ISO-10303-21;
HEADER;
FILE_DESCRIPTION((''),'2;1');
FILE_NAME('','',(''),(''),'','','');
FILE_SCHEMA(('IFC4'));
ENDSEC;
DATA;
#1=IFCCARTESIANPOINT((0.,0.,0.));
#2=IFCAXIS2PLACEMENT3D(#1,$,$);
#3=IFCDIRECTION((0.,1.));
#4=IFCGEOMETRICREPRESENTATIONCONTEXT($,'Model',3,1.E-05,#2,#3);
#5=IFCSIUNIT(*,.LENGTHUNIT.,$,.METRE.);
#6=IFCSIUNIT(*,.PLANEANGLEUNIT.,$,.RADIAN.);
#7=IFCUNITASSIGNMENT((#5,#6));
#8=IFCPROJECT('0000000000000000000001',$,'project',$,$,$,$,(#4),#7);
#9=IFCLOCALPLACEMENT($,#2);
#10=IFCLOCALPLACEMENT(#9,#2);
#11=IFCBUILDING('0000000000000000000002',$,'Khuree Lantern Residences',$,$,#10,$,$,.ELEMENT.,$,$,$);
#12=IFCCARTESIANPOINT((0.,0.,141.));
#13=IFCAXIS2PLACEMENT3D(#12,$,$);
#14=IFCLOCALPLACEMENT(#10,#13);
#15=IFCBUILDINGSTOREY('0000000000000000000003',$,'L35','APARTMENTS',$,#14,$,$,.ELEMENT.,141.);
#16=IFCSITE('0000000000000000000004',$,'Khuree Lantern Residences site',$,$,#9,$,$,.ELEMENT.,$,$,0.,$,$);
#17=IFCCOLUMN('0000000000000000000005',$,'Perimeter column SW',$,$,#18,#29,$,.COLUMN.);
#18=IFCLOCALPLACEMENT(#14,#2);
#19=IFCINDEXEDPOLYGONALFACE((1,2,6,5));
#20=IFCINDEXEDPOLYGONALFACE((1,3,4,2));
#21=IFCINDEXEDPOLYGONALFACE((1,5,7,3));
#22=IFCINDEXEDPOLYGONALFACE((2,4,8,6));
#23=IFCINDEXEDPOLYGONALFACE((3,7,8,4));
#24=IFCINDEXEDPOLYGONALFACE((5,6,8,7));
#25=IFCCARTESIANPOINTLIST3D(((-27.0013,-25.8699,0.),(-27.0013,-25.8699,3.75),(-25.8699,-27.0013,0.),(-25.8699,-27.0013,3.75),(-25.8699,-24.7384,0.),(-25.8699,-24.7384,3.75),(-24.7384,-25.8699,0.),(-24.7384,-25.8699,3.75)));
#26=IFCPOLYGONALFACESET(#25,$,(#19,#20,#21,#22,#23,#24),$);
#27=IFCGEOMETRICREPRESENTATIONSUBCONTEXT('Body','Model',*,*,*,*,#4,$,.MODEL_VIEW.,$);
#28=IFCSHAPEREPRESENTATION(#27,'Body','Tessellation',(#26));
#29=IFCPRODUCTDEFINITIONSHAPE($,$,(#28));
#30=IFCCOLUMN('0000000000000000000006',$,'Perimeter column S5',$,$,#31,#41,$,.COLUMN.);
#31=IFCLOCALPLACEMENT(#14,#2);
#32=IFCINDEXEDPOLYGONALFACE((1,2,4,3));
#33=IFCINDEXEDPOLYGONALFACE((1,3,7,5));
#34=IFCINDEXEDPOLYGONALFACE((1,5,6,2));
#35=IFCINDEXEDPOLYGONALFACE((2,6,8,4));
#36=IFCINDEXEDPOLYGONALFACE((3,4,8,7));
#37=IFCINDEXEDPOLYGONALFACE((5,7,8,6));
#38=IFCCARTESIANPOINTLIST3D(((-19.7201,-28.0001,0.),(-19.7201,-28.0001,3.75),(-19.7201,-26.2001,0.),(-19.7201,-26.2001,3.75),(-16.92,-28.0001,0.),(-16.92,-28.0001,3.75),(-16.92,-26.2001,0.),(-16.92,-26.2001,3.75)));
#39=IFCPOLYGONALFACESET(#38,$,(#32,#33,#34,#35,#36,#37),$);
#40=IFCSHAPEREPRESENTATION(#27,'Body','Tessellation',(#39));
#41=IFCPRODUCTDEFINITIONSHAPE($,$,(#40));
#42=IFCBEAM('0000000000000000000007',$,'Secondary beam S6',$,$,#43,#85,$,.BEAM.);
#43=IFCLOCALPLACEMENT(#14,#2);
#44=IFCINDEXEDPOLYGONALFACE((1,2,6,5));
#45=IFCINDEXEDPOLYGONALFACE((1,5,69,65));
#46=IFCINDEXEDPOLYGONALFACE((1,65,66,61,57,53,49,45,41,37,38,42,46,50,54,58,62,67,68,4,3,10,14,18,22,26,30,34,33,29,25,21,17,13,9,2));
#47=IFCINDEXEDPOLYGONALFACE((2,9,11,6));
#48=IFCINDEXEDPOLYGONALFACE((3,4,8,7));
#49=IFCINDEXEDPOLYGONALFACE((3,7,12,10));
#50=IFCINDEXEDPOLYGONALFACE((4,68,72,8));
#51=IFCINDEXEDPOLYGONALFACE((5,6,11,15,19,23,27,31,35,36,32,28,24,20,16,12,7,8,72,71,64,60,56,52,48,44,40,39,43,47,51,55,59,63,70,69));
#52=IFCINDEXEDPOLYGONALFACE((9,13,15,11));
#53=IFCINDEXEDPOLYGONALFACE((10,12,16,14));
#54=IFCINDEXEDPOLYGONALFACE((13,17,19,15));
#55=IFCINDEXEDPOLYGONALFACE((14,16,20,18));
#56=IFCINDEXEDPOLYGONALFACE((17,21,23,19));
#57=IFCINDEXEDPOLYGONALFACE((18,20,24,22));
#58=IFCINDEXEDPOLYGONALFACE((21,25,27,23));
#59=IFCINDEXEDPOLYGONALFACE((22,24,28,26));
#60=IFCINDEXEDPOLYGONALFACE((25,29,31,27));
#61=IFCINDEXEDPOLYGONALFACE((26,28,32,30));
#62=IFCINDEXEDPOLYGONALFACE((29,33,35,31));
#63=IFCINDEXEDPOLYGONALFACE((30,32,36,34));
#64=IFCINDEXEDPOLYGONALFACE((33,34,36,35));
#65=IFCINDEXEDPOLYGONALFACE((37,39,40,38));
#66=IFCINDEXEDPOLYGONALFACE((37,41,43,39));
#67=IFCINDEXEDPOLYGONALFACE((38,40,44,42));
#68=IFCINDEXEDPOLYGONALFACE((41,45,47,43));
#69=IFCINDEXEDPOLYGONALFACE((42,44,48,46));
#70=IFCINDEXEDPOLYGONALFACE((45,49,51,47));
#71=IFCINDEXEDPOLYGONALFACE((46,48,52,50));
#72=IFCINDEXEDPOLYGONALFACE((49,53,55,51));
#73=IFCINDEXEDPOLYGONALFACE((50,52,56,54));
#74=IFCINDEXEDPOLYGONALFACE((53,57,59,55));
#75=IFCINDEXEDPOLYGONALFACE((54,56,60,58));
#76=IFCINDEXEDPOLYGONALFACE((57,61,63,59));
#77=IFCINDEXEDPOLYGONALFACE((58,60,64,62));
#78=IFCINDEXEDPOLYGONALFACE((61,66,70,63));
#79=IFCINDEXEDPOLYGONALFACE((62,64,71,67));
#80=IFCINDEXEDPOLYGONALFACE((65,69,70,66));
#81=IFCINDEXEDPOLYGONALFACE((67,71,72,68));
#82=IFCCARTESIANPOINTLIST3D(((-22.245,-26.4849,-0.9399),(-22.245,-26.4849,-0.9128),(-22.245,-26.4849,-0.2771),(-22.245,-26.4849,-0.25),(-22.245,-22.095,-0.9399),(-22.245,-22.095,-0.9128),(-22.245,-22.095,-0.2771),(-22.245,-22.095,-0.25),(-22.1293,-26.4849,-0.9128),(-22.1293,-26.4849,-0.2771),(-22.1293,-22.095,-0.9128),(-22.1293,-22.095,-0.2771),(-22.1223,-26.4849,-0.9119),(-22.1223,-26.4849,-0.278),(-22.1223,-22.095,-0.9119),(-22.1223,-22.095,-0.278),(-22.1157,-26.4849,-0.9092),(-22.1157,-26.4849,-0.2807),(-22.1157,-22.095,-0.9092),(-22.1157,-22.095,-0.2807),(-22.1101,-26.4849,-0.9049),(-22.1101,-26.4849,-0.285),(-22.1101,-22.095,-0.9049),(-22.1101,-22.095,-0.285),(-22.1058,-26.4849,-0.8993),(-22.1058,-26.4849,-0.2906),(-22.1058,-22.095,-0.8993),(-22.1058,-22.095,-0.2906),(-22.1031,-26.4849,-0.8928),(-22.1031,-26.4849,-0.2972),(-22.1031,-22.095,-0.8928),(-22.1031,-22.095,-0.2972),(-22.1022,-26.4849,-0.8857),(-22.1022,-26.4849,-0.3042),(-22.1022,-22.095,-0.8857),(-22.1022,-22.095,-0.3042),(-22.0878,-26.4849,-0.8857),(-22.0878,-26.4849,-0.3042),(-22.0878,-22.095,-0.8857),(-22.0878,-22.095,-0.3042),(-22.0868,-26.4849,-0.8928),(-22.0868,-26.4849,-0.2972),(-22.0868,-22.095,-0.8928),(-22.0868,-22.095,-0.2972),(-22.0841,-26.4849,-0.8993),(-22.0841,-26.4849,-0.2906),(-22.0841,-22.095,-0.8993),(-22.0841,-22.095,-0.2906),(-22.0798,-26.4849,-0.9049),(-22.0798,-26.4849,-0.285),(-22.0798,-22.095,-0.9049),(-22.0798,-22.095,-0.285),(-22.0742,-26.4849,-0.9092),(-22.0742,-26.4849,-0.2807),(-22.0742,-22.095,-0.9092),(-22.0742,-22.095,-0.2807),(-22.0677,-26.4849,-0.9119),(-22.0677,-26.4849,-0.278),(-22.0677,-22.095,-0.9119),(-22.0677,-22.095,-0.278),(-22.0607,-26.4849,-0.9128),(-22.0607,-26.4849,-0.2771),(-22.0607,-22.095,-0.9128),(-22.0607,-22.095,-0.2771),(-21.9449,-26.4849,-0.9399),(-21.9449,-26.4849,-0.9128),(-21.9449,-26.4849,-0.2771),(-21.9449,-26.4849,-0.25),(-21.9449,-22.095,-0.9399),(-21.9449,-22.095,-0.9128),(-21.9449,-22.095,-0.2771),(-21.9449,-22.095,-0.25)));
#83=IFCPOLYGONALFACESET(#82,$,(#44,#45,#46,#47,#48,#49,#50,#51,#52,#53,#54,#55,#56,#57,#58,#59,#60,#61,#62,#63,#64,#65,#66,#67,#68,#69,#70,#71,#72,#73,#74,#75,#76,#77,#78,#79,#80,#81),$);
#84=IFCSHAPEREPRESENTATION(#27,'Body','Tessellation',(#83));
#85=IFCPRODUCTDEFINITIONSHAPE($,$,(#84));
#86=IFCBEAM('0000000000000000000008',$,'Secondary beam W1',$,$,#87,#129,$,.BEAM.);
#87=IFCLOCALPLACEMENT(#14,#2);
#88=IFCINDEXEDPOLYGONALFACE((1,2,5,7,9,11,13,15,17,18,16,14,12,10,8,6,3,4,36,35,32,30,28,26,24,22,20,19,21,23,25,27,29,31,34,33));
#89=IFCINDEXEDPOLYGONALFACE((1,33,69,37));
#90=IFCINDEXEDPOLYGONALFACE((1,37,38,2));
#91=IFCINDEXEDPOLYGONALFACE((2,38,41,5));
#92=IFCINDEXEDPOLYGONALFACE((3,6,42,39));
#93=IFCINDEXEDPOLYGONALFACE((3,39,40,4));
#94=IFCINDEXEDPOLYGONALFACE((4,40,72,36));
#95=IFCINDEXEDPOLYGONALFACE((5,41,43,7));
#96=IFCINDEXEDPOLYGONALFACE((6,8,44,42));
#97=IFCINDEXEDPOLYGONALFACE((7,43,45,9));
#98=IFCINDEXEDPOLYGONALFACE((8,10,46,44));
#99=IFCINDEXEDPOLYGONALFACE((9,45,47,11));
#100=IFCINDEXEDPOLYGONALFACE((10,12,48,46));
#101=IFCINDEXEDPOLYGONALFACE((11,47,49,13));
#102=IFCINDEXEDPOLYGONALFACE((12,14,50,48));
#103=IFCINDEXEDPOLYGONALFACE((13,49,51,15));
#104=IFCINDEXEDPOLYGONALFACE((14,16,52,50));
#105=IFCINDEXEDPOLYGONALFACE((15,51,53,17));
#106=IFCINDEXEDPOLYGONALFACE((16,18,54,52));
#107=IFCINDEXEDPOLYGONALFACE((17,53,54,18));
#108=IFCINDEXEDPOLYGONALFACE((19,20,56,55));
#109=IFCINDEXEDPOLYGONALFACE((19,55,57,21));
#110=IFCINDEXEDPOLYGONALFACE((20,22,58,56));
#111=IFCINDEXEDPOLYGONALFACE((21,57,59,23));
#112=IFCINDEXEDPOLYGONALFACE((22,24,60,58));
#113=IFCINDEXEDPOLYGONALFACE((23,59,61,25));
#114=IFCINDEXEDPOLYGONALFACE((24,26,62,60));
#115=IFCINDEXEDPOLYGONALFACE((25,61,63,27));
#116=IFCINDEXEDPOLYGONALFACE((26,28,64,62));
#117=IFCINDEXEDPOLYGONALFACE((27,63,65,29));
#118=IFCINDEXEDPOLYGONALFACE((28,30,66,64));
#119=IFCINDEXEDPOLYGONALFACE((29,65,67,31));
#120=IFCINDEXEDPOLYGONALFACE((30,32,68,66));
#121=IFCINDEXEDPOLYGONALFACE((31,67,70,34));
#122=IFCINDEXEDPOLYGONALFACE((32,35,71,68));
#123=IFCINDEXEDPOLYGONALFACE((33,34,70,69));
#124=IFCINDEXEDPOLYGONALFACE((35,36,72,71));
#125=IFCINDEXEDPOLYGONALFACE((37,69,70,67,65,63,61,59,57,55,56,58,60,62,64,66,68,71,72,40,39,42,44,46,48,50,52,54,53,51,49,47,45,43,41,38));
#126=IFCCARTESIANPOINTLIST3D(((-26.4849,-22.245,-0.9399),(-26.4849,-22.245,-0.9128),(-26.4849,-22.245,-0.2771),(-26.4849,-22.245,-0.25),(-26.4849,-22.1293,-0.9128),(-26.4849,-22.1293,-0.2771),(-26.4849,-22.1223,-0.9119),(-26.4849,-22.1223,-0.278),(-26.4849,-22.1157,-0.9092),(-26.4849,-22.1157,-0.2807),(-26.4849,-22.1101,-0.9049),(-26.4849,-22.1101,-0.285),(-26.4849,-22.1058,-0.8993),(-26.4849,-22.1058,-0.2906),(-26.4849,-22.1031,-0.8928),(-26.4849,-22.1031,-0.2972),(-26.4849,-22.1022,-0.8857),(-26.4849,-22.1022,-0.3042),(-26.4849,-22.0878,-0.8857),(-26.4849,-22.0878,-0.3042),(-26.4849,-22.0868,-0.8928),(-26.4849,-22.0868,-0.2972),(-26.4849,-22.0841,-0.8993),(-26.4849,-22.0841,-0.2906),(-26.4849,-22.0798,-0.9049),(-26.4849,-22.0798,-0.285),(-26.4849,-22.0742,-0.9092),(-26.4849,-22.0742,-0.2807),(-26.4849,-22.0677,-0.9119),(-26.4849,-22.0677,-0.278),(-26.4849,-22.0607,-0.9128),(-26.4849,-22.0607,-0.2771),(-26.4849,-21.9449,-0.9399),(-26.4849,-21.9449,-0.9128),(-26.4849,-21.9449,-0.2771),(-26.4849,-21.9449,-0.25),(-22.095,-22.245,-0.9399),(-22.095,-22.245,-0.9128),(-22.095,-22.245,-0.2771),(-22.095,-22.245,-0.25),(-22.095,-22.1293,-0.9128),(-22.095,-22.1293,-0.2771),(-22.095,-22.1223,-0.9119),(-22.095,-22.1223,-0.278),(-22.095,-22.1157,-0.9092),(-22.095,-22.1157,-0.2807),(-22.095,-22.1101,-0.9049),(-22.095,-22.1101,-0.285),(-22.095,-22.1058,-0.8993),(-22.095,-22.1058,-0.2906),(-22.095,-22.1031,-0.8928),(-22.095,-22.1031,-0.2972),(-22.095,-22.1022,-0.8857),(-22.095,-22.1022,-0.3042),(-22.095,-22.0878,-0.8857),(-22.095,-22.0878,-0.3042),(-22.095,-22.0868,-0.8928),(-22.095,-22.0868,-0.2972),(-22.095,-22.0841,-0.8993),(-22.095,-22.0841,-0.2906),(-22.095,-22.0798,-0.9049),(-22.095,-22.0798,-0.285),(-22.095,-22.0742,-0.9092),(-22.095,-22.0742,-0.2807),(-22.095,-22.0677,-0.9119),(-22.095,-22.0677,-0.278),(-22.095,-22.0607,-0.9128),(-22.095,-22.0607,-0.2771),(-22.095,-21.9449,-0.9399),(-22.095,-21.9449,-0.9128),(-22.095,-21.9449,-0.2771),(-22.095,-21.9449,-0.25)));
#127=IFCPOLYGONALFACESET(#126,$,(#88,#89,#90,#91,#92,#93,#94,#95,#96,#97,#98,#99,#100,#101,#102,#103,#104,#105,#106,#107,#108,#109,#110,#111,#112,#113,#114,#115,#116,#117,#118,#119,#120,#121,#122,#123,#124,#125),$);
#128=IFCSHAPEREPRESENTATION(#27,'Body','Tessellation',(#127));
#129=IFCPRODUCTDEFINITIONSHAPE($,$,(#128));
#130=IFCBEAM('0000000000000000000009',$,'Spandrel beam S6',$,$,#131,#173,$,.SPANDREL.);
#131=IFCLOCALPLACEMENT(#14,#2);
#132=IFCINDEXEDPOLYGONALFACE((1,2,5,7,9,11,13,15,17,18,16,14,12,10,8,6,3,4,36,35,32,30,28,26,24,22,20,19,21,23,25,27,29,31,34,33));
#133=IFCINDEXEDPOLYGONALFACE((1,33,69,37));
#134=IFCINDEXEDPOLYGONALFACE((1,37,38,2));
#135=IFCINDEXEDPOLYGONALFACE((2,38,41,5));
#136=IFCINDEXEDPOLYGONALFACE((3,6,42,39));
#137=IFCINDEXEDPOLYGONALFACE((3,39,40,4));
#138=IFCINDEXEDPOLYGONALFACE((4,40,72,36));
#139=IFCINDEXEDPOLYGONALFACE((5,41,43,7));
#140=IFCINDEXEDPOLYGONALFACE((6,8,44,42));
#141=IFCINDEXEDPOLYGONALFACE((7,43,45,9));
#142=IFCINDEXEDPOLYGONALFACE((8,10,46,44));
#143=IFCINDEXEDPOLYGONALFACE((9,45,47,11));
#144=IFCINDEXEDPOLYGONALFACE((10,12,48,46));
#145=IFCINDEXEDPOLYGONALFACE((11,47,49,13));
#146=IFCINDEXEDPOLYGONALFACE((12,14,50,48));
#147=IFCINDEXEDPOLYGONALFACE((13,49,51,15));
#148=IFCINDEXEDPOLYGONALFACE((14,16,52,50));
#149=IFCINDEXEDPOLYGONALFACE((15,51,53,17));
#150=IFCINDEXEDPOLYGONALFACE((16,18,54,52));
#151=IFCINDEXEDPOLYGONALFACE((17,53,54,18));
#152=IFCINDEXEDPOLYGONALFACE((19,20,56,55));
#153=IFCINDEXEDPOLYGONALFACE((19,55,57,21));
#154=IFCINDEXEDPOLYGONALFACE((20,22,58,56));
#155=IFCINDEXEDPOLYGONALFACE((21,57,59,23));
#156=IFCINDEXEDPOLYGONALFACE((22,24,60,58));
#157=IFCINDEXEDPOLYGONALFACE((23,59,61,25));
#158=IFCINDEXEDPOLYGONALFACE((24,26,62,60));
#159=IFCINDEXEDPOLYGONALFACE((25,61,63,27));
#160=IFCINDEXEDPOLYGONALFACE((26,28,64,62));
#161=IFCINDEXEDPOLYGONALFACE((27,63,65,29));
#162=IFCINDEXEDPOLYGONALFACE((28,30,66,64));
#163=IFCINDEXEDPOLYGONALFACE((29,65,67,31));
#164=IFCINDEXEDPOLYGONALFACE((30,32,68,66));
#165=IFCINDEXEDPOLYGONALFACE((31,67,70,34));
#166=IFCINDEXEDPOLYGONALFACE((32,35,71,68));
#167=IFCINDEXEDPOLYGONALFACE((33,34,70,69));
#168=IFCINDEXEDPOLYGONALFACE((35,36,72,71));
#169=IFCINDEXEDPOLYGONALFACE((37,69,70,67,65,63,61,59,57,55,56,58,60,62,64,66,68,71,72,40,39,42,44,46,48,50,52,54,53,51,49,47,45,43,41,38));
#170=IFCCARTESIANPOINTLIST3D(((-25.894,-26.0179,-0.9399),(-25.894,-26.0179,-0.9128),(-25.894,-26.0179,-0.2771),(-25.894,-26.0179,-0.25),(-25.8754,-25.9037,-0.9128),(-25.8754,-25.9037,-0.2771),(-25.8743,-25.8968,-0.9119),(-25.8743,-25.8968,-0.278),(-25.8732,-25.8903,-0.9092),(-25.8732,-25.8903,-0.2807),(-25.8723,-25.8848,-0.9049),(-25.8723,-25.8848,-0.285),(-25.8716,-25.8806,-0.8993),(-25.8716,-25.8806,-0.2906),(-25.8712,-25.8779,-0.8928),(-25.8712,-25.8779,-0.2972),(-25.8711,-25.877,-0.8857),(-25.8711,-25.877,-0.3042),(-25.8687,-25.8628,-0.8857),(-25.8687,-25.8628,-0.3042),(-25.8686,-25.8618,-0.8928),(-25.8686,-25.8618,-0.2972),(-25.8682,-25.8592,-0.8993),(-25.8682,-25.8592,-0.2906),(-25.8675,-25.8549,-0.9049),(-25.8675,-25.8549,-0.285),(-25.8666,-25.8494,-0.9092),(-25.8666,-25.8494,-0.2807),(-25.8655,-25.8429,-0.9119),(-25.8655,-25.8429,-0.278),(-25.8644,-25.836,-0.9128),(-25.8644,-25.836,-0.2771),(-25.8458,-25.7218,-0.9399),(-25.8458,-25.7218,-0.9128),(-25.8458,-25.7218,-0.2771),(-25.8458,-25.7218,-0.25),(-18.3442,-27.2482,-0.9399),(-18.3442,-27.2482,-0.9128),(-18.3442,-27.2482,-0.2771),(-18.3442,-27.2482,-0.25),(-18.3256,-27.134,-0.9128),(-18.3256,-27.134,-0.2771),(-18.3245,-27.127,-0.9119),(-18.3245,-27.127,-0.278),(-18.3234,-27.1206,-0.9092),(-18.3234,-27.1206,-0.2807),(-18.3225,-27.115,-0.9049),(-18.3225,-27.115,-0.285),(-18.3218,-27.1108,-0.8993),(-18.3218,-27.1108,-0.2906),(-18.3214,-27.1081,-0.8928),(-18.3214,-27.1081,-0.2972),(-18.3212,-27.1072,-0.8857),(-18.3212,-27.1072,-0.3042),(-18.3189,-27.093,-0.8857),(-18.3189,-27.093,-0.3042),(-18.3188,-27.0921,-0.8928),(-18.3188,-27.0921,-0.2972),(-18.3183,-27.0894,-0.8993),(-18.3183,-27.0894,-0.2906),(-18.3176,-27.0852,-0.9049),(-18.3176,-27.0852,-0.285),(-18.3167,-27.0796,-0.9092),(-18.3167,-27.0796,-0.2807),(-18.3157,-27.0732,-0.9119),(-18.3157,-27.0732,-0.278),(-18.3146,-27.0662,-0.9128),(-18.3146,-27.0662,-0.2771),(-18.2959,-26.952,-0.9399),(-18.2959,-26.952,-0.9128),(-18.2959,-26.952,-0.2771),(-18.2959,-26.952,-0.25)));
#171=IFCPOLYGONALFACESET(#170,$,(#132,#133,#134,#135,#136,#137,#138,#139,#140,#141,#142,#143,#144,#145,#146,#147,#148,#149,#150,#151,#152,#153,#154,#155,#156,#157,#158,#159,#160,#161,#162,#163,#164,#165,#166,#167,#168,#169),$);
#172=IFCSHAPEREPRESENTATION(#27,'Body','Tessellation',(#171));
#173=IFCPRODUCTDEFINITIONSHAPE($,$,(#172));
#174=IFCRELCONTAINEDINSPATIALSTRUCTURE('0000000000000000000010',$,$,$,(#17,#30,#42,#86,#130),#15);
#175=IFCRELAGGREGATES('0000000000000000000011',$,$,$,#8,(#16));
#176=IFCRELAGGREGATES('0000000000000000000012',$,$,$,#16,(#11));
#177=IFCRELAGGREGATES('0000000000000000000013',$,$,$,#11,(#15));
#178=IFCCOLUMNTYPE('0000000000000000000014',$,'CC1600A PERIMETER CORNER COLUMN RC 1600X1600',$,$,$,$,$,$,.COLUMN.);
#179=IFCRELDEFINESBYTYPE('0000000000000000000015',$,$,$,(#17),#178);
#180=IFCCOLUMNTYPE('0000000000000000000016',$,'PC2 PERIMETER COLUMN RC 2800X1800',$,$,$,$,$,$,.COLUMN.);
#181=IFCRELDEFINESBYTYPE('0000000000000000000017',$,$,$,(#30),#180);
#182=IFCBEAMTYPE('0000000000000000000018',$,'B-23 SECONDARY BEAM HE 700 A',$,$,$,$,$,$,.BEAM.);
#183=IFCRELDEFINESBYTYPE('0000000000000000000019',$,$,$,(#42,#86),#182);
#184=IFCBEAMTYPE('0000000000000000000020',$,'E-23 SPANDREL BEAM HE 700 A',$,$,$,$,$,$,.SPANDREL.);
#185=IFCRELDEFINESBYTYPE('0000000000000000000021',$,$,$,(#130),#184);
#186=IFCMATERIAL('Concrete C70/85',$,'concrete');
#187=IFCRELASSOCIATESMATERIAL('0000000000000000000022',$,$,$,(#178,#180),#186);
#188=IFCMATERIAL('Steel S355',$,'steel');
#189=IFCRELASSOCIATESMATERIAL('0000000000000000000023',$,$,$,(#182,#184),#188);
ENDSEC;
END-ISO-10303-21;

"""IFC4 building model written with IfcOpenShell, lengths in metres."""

from ifc_helpers import new_model, si_unit, direction, frame, origin, origin_2d, place, context, subcontext, project, spatial, rectangle, i_section, extrude, material, material_profile, profile_set, type_object, element, save


model = new_model("IFC4")

# Units and contexts
model_context = context("Model", 3, precision=1e-05, world=origin(), true_north=direction((0.0, 1.0)))
body_context = subcontext(model_context, "Body", "Model", "MODEL_VIEW")
ifc_project = project(units=[si_unit("LENGTHUNIT", "METRE"), si_unit("PLANEANGLEUNIT", "RADIAN")], contexts=[model_context])

# Site, building, storey
site_placement = place(None, origin())
site = spatial("IfcSite", under=ifc_project, at=site_placement, Name="Khuree Lantern Residences site", CompositionType="ELEMENT", RefElevation=0.0)
building_placement = place(site_placement, origin())
building = spatial("IfcBuilding", under=site, at=building_placement, Name="Khuree Lantern Residences", CompositionType="ELEMENT")
storey_placement = place(building_placement, frame((0.0, 0.0, 141.0)))
storey = spatial("IfcBuildingStorey", under=building, at=storey_placement, Name="L35", Description="APARTMENTS", CompositionType="ELEMENT", Elevation=141.0)

# Columns
ifc_material_1 = material(Name="Concrete C70/85", Category="concrete")
ifc_material_profile_1 = material_profile(ifc_material_1, rectangle(XDim=1.6001, YDim=1.6001, at=origin_2d()), Name="RC 1600X1600")
ifc_profile_set_1 = profile_set([ifc_material_profile_1], Name="Concrete C70/85")
column_type_1 = type_object("IfcColumnType", Name="CC1600A PERIMETER CORNER COLUMN RC 1600X1600", PredefinedType="COLUMN", material=ifc_profile_set_1)
column_1_placement = place(storey_placement, frame((-25.8699, -25.8699, 0.0), z_axis=(0.0, 0.0, 1.0), x_axis=(0.707107, -0.707107, 0.0)))
element("IfcColumn", 1, at=column_1_placement, inside=storey, type_object=column_type_1, Name="Perimeter column SW", PredefinedType="COLUMN", context=body_context, shape_type="SweptSolid", body=[
    extrude(rectangle(XDim=1.6001, YDim=1.6001, at=origin_2d()), origin(), (0.0, 0.0, 1.0), 3.75),
])
ifc_material_profile_2 = material_profile(ifc_material_1, rectangle(XDim=2.8, YDim=1.8, at=origin_2d()), Name="RC 2800X1800")
ifc_profile_set_2 = profile_set([ifc_material_profile_2], Name="Concrete C70/85")
column_type_2 = type_object("IfcColumnType", Name="PC2 PERIMETER COLUMN RC 2800X1800", PredefinedType="COLUMN", material=ifc_profile_set_2)
column_2_placement = place(storey_placement, frame((-18.3201, -27.1001, 0.0), z_axis=(0.0, 0.0, 1.0), x_axis=(1.0, 0.0, 0.0)))
element("IfcColumn", 2, at=column_2_placement, inside=storey, type_object=column_type_2, Name="Perimeter column S5", PredefinedType="COLUMN", context=body_context, shape_type="SweptSolid", body=[
    extrude(rectangle(XDim=2.8, YDim=1.8, at=origin_2d()), origin(), (0.0, 0.0, 1.0), 3.75),
])

# Beams
ifc_material_2 = material(Name="Steel S355", Category="steel")
ifc_material_profile_3 = material_profile(ifc_material_2, i_section(OverallWidth=0.3, OverallDepth=0.6899, WebThickness=0.0144, FlangeThickness=0.0271, FilletRadius=0.0271, at=origin_2d()), Name="HE 700 A")
ifc_profile_set_3 = profile_set([ifc_material_profile_3], Name="Steel S355")
beam_type_1 = type_object("IfcBeamType", Name="B-23 SECONDARY BEAM HE 700 A", PredefinedType="BEAM", material=ifc_profile_set_3)
for number, where, z_axis, x_axis, name in (
    (3, (-22.095, -26.4849, -0.595), (0.0, 1.0, 0.0), (-1.0, 0.0, 0.0), "Secondary beam S6"),
    (4, (-26.4849, -22.095, -0.595), (1.0, 0.0, 0.0), (0.0, 1.0, 0.0), "Secondary beam W1"),
):
    element("IfcBeam", number, at=place(storey_placement, frame(where, z_axis=z_axis, x_axis=x_axis)), inside=storey, type_object=beam_type_1, Name=name, PredefinedType="BEAM", context=body_context, shape_type="SweptSolid", body=[
        extrude(i_section(OverallWidth=0.3, OverallDepth=0.6899, WebThickness=0.0144, FlangeThickness=0.0271, FilletRadius=0.0271, at=origin_2d()), origin(), (0.0, 0.0, 1.0), 4.3899),
    ])
ifc_material_profile_4 = material_profile(ifc_material_2, i_section(OverallWidth=0.3, OverallDepth=0.6899, WebThickness=0.0144, FlangeThickness=0.0271, FilletRadius=0.0271, at=origin_2d()), Name="HE 700 A")
ifc_profile_set_4 = profile_set([ifc_material_profile_4], Name="Steel S355")
beam_type_2 = type_object("IfcBeamType", Name="E-23 SPANDREL BEAM HE 700 A", PredefinedType="SPANDREL", material=ifc_profile_set_4)
for number, where, z_axis, x_axis, name in (
    (5, (-18.3201, -27.1001, -0.595), (-0.986983, 0.160827, 0.0), (-0.160827, -0.986983, 0.0), "Spandrel beam S6"),
):
    element("IfcBeam", number, at=place(storey_placement, frame(where, z_axis=z_axis, x_axis=x_axis)), inside=storey, type_object=beam_type_2, Name=name, PredefinedType="SPANDREL", context=body_context, shape_type="SweptSolid", body=[
        extrude(i_section(OverallWidth=0.3, OverallDepth=0.6899, WebThickness=0.0144, FlangeThickness=0.0271, FilletRadius=0.0271, at=origin_2d()), origin(), (0.0, 0.0, 1.0), 7.6494),
    ])

save(model, "model.ifc")
